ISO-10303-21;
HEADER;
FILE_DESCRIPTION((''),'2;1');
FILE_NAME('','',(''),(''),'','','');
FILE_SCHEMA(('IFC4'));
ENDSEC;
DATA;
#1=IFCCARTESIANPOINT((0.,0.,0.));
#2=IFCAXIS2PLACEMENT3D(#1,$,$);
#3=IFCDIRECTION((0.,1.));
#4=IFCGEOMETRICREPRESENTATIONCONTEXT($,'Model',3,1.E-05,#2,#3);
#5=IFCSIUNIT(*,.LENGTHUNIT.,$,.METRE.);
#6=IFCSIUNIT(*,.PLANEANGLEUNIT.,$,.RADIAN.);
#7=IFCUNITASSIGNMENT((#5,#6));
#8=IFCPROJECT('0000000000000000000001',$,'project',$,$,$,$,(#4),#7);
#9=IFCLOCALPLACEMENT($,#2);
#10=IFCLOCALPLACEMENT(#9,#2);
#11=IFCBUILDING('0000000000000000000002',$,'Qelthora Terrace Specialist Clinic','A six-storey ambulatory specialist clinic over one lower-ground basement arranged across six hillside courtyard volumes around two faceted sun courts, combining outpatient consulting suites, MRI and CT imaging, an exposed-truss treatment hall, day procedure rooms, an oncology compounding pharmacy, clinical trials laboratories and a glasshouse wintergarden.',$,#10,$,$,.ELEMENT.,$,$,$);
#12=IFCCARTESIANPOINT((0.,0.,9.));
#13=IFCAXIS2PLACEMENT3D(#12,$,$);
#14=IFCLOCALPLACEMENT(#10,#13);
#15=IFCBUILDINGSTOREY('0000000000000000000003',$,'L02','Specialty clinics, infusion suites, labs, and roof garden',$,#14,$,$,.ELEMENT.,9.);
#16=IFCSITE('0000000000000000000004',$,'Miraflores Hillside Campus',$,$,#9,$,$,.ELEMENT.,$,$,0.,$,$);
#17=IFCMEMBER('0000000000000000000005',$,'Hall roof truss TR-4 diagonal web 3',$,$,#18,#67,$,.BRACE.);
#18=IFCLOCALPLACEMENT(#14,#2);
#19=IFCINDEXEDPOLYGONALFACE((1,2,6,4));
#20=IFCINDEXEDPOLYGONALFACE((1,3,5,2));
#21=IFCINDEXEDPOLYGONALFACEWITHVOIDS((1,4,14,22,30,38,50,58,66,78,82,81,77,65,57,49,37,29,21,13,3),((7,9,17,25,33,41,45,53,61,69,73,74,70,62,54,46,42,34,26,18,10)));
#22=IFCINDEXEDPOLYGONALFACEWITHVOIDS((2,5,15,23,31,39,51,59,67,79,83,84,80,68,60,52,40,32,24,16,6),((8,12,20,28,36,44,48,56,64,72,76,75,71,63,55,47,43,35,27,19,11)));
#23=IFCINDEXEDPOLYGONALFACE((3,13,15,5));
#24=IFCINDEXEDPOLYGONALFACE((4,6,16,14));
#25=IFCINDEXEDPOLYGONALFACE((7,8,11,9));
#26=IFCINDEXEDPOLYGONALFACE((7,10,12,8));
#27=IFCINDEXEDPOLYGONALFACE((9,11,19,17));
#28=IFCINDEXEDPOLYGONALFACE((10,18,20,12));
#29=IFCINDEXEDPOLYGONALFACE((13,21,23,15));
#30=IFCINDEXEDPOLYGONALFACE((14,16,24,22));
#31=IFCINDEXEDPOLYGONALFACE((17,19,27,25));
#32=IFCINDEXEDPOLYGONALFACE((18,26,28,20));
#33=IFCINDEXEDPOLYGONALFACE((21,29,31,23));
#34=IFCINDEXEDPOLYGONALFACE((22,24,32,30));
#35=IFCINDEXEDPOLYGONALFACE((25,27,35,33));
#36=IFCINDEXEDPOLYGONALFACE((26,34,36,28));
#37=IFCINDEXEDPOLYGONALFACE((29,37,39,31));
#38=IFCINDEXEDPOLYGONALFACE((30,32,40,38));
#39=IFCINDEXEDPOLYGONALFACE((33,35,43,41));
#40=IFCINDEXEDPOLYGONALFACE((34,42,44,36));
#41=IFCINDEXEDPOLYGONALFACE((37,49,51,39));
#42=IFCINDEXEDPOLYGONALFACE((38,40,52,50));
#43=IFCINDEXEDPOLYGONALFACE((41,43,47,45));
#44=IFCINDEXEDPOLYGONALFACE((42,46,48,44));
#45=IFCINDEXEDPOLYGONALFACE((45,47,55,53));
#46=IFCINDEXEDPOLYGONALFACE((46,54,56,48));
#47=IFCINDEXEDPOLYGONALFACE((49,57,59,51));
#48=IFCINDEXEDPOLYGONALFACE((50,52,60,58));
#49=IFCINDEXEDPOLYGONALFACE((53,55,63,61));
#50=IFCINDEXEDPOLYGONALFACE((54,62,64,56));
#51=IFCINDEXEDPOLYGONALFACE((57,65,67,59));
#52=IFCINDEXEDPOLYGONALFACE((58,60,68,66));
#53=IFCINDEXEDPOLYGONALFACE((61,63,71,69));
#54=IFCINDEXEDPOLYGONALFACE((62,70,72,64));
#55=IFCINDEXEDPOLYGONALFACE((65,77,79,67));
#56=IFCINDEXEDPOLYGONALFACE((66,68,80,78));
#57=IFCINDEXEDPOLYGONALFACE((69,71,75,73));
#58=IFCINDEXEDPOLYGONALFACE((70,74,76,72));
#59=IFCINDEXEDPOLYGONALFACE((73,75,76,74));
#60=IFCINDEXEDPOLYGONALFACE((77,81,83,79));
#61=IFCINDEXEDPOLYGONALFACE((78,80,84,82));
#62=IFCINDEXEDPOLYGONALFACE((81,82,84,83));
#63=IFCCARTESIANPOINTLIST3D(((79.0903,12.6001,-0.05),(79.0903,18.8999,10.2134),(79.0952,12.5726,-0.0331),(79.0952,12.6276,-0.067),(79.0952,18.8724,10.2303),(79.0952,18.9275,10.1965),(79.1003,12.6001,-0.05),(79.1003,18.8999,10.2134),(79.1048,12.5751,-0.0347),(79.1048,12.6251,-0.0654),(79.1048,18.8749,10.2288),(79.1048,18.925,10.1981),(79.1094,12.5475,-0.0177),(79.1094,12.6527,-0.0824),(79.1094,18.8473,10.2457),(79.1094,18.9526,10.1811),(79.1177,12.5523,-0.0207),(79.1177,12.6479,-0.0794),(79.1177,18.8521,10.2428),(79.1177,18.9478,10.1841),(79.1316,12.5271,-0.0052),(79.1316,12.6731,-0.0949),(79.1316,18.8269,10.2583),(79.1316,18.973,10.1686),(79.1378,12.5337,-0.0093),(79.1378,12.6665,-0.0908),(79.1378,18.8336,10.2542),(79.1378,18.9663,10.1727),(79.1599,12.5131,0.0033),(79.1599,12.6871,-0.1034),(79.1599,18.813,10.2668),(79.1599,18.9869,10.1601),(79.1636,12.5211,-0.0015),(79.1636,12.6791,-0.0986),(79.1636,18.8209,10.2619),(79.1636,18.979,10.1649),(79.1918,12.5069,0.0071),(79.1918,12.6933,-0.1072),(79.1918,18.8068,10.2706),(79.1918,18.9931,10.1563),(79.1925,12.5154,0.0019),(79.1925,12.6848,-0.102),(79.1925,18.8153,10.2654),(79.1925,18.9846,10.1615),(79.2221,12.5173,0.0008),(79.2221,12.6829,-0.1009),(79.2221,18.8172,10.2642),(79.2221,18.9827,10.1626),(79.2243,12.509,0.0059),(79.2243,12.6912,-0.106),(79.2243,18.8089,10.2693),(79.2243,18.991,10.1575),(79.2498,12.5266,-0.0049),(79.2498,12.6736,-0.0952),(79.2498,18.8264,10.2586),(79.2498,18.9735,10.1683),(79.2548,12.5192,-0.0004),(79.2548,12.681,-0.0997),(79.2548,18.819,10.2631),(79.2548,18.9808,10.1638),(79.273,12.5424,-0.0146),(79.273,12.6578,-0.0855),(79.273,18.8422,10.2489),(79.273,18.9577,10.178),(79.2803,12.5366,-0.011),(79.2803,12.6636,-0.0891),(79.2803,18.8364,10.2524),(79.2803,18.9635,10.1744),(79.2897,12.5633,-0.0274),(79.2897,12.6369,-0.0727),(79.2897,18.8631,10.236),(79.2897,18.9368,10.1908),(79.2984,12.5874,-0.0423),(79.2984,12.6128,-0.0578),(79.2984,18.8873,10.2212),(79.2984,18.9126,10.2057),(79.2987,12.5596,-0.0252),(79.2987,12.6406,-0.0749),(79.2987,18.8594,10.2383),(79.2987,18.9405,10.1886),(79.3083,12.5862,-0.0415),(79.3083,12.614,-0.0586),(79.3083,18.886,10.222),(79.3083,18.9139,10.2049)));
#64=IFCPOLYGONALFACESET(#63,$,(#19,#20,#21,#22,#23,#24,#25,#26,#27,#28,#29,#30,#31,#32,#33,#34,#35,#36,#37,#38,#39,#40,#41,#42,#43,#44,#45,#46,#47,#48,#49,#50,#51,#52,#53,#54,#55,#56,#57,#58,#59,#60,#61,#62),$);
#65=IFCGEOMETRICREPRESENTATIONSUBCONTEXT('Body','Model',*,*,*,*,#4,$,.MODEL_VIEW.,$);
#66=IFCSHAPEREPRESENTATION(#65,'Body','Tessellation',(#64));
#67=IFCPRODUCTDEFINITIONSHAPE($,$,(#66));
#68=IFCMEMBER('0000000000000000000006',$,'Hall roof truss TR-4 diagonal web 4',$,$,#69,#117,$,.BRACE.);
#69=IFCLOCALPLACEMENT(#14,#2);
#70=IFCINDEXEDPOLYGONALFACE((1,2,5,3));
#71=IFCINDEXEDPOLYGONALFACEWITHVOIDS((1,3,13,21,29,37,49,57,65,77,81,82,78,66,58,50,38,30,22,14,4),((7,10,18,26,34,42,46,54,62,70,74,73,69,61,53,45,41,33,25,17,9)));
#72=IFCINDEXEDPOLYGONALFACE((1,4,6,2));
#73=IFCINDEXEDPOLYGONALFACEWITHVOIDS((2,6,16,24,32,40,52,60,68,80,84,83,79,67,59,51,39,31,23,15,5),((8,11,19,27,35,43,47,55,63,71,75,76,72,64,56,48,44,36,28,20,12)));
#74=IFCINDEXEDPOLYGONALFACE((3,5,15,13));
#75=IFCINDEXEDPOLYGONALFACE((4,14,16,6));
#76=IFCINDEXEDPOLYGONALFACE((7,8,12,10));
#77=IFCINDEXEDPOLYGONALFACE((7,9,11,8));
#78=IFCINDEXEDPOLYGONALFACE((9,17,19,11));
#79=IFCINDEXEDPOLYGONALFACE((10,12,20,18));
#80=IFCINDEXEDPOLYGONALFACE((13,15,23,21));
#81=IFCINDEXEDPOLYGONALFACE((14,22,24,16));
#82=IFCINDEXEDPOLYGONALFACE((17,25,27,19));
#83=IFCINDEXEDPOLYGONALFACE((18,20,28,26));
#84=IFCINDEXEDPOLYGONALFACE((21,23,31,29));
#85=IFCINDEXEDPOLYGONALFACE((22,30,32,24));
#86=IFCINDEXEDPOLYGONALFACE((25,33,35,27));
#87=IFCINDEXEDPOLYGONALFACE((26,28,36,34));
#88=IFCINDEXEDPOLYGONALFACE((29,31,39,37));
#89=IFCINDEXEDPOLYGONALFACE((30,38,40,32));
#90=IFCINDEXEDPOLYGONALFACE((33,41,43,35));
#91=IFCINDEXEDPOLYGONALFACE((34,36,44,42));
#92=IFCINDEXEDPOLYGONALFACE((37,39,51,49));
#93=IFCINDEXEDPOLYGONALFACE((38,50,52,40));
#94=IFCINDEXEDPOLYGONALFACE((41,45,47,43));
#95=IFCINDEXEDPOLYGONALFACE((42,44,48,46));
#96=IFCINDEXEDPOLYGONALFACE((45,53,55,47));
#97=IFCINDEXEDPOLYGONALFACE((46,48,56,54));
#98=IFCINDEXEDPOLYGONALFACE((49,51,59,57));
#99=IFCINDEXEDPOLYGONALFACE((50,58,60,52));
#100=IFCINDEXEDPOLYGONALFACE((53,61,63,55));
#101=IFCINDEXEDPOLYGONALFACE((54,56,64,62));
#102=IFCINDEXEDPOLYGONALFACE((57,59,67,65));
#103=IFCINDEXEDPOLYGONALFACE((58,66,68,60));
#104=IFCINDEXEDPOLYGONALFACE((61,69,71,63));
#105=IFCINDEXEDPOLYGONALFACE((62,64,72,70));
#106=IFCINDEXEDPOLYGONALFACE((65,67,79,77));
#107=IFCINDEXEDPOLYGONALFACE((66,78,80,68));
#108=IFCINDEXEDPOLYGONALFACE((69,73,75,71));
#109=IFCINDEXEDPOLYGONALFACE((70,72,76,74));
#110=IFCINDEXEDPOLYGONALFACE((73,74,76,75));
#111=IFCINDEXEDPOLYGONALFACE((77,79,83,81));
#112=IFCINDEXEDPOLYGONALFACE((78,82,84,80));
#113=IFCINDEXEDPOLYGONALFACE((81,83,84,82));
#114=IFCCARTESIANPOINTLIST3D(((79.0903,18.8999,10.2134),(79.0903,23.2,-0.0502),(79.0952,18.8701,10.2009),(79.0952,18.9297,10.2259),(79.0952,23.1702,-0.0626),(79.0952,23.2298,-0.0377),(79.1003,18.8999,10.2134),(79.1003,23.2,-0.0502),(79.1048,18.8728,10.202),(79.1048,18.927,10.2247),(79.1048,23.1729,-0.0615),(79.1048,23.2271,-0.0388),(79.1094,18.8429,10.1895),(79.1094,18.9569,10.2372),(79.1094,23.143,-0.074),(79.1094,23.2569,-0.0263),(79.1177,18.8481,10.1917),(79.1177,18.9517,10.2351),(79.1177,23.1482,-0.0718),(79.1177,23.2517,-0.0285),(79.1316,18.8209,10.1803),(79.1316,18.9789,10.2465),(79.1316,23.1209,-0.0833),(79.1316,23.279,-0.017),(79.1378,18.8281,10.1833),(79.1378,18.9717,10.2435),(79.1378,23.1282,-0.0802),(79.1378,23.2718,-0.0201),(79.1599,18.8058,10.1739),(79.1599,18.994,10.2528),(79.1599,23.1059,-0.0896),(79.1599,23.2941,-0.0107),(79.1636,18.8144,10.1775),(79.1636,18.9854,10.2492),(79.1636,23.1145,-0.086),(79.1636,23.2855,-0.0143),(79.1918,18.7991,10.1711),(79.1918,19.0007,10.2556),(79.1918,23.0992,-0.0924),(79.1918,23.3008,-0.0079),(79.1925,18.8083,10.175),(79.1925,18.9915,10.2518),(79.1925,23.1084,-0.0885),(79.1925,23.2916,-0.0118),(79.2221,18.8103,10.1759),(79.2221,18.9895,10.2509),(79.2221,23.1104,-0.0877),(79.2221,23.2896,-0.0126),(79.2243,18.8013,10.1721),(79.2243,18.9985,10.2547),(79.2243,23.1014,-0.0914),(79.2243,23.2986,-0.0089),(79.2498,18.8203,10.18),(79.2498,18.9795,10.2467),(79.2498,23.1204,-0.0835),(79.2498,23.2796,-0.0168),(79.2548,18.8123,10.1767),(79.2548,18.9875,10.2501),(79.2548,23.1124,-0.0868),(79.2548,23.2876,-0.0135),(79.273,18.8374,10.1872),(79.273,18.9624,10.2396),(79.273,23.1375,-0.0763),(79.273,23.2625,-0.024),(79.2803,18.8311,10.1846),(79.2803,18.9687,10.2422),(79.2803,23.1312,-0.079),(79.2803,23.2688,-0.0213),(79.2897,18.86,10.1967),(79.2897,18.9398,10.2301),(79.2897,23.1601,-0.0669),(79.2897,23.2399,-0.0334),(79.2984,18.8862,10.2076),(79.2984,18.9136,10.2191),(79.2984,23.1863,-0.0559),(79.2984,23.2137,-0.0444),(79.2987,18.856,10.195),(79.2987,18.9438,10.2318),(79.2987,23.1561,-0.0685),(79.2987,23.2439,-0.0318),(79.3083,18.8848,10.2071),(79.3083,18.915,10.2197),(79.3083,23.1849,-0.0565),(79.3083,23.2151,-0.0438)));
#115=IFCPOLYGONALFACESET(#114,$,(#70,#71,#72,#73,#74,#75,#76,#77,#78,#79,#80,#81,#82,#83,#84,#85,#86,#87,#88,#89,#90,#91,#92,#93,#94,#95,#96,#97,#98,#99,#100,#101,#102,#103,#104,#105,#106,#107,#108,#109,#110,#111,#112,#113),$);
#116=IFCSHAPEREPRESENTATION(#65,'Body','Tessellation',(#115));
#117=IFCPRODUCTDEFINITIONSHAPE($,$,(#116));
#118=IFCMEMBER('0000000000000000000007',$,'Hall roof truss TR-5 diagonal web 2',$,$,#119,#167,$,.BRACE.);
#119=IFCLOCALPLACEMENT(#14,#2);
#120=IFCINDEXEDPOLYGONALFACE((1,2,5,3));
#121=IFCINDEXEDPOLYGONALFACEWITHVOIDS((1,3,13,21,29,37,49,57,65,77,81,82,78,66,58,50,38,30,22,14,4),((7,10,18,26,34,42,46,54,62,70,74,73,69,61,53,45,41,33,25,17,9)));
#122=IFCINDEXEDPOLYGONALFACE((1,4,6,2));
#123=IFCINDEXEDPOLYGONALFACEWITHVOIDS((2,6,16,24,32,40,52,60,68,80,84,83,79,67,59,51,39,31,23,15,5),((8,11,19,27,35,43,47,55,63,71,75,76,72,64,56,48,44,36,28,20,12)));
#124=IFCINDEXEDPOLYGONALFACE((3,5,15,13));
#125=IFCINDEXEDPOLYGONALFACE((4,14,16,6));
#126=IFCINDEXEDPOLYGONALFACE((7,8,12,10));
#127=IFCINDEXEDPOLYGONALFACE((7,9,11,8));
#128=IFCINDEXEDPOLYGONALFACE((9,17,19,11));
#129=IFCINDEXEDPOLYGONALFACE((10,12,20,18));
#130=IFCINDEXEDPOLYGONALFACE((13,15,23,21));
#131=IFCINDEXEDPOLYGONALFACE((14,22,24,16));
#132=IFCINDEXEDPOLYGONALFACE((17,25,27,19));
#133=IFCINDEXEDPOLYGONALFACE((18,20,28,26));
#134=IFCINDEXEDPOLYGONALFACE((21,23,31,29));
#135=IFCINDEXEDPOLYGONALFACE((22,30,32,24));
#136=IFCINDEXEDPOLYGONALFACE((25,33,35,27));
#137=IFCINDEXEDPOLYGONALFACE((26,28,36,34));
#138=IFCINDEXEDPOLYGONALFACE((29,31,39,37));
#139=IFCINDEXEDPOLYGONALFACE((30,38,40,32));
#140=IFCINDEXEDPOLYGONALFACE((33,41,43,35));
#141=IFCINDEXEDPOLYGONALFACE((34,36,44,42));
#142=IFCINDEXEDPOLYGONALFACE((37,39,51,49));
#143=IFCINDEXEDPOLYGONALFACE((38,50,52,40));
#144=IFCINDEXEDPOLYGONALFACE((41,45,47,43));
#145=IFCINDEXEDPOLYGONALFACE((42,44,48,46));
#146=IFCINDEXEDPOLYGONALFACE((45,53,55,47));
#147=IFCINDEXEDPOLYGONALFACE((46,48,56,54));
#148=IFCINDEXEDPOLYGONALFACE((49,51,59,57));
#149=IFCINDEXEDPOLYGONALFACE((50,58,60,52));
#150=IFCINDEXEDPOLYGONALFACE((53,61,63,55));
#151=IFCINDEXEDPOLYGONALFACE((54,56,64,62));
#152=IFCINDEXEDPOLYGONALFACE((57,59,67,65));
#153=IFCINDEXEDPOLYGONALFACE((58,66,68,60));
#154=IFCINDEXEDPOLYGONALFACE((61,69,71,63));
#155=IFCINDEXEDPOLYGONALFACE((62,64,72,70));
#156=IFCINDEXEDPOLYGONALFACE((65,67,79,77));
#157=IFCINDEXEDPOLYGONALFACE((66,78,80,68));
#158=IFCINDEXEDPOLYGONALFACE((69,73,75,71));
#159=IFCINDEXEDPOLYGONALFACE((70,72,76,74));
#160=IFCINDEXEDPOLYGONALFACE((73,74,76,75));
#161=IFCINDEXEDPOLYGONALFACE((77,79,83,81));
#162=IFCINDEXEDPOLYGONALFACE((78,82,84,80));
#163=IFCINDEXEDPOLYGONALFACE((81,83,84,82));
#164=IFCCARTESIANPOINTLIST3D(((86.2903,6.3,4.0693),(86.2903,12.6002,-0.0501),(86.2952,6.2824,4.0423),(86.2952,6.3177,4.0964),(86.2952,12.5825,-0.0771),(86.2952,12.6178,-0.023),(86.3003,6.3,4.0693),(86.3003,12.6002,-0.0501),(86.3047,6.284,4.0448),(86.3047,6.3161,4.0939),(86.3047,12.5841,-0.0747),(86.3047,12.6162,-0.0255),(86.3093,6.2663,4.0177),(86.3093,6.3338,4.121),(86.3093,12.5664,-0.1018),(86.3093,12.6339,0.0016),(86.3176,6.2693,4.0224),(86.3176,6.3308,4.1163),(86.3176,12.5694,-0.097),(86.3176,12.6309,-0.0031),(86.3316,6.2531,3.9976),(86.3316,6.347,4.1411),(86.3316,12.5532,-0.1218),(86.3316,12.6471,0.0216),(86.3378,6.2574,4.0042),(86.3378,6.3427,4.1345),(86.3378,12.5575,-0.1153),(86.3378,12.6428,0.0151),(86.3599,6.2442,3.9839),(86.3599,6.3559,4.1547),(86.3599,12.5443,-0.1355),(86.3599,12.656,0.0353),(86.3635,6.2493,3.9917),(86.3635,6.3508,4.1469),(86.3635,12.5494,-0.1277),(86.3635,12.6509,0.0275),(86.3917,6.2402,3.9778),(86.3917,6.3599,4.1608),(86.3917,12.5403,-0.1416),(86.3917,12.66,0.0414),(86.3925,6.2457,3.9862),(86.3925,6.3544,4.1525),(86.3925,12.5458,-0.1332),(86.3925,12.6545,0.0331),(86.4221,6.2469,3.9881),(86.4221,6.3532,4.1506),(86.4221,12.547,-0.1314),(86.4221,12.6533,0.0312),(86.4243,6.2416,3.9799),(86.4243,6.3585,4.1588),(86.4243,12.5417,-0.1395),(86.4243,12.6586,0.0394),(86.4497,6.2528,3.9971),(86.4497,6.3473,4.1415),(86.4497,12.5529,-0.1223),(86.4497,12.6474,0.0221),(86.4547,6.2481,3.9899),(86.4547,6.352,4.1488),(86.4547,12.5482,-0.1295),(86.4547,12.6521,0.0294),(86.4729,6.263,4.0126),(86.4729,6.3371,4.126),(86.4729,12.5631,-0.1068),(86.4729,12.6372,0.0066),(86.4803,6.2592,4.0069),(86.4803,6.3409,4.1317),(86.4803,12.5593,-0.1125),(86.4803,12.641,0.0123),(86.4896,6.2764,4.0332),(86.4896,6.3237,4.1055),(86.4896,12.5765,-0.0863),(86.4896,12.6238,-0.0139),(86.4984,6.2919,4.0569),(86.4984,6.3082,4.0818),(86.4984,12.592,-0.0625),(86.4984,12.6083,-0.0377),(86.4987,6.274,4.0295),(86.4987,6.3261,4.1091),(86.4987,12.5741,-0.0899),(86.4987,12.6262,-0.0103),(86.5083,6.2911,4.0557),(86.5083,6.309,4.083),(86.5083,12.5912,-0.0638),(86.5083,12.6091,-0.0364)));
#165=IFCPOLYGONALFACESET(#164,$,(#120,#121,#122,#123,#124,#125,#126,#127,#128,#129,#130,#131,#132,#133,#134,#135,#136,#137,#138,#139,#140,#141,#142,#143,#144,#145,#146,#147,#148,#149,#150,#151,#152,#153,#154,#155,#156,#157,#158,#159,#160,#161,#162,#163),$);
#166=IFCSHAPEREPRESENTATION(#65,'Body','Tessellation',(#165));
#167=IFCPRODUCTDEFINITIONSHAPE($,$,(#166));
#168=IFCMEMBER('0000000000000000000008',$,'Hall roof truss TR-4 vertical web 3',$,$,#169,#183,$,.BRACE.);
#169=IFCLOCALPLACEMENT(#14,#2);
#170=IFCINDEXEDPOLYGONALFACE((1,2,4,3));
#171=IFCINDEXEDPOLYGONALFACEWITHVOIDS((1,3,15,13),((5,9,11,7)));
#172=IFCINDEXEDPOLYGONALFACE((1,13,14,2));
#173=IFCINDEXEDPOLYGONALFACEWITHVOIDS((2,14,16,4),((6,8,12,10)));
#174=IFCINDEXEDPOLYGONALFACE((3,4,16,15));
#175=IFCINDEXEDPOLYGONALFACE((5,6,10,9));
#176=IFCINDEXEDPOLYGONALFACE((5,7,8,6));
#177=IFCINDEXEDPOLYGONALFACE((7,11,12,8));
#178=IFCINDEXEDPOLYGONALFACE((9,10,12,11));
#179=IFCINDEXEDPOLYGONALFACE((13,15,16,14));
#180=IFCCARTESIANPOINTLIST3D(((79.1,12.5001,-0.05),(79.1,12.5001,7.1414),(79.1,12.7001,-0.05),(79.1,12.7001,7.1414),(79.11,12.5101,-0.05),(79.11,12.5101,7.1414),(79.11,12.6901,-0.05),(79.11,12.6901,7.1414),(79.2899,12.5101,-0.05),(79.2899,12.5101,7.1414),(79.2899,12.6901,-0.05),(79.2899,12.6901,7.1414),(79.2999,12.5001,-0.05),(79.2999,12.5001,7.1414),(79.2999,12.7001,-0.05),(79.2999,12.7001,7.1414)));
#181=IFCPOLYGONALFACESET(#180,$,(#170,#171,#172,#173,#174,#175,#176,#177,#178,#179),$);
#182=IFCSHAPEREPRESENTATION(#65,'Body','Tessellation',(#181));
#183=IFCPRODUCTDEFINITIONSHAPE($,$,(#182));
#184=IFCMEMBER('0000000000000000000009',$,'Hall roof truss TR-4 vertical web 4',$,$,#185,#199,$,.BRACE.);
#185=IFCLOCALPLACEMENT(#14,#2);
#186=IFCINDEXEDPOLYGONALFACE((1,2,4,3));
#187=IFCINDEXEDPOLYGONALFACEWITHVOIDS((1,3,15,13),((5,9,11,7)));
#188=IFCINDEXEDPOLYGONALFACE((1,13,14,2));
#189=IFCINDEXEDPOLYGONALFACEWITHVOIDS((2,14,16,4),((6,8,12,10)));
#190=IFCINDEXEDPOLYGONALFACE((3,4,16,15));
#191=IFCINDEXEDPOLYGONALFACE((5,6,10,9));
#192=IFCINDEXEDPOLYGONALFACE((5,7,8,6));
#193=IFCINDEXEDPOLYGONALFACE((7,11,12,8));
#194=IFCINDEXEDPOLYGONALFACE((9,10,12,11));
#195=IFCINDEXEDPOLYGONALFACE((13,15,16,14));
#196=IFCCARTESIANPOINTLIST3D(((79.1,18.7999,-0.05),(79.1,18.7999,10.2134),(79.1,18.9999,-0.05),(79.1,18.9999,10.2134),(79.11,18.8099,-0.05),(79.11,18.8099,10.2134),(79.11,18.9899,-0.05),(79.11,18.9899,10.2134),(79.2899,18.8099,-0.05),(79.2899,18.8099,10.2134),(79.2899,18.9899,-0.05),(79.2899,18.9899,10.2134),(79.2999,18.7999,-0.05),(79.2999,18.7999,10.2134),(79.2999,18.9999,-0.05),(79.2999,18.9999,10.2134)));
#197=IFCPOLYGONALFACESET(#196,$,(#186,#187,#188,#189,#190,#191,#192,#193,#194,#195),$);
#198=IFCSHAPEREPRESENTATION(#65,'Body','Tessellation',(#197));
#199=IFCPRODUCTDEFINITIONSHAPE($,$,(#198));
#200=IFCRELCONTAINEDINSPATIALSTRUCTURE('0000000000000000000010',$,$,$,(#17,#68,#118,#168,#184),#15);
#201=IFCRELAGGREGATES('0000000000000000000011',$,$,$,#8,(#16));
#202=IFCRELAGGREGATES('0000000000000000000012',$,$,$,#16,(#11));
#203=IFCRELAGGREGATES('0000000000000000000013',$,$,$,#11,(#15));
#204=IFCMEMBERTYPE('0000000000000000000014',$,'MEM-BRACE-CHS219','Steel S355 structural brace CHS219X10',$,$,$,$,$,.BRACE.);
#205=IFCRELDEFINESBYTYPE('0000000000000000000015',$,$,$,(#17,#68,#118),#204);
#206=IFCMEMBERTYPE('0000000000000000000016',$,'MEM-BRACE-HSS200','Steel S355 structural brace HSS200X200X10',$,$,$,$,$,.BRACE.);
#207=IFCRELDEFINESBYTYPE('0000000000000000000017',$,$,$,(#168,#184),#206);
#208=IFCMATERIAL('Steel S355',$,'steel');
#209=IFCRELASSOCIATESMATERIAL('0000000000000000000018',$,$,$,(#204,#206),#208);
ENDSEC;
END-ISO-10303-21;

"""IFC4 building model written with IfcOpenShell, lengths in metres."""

from ifc_helpers import new_model, si_unit, direction, frame, origin, origin_2d, place, context, subcontext, project, spatial, hollow_rectangle, hollow_circle, extrude, material, material_profile, profile_set, type_object, element, save


model = new_model("IFC4")

# Units and contexts
model_context = context("Model", 3, precision=1e-05, world=origin(), true_north=direction((0.0, 1.0)))
body_context = subcontext(model_context, "Body", "Model", "MODEL_VIEW")
ifc_project = project(units=[si_unit("LENGTHUNIT", "METRE"), si_unit("PLANEANGLEUNIT", "RADIAN")], contexts=[model_context])

# Site, building, storey
site_placement = place(None, origin())
site = spatial("IfcSite", under=ifc_project, at=site_placement, Name="Miraflores Hillside Campus", CompositionType="ELEMENT", RefElevation=0.0)
building_placement = place(site_placement, origin())
building = spatial("IfcBuilding", under=site, at=building_placement, Name="Qelthora Terrace Specialist Clinic", Description="A six-storey ambulatory specialist clinic over one lower-ground basement arranged across six hillside courtyard volumes around two faceted sun courts, combining outpatient consulting suites, MRI and CT imaging, an exposed-truss treatment hall, day procedure rooms, an oncology compounding pharmacy, clinical trials laboratories and a glasshouse wintergarden.", CompositionType="ELEMENT")
storey_placement = place(building_placement, frame((0.0, 0.0, 9.0)))
storey = spatial("IfcBuildingStorey", under=building, at=storey_placement, Name="L02", Description="Specialty clinics, infusion suites, labs, and roof garden", CompositionType="ELEMENT", Elevation=9.0)

# Members
ifc_material = material(Name="Steel S355", Category="steel")
ifc_material_profile_1 = material_profile(ifc_material, hollow_circle(Radius=0.1096, WallThickness=0.01, at=origin_2d()), Name="CHS219X10")
ifc_profile_set_1 = profile_set([ifc_material_profile_1], Name="Steel S355")
member_type_1 = type_object("IfcMemberType", Name="MEM-BRACE-CHS219", Description="Steel S355 structural brace CHS219X10", PredefinedType="BRACE", material=ifc_profile_set_1)
member_1_placement = place(storey_placement, frame((79.2, 12.6001, -0.05), z_axis=(0.0, 0.523124, 0.852256), x_axis=(-1.0, 0.0, 0.0)))
element("IfcMember", 1, at=member_1_placement, inside=storey, type_object=member_type_1, Name="Hall roof truss TR-4 diagonal web 3", PredefinedType="BRACE", context=body_context, shape_type="SweptSolid", body=[
    extrude(hollow_circle(Radius=0.1096, WallThickness=0.01, at=origin_2d()), origin(), (0.0, 0.0, 1.0), 12.0427),
])
member_2_placement = place(storey_placement, frame((79.2, 18.8999, 10.2134), z_axis=(0.0, 0.386423, -0.922322), x_axis=(-1.0, 0.0, 0.0)))
element("IfcMember", 2, at=member_2_placement, inside=storey, type_object=member_type_1, Name="Hall roof truss TR-4 diagonal web 4", PredefinedType="BRACE", context=body_context, shape_type="SweptSolid", body=[
    extrude(hollow_circle(Radius=0.1096, WallThickness=0.01, at=origin_2d()), origin(), (0.0, 0.0, 1.0), 11.1279),
])
member_3_placement = place(storey_placement, frame((86.3999, 6.3, 4.0693), z_axis=(0.0, 0.836962, -0.547261), x_axis=(-1.0, 0.0, 0.0)))
element("IfcMember", 3, at=member_3_placement, inside=storey, type_object=member_type_1, Name="Hall roof truss TR-5 diagonal web 2", PredefinedType="BRACE", context=body_context, shape_type="SweptSolid", body=[
    extrude(hollow_circle(Radius=0.1096, WallThickness=0.01, at=origin_2d()), origin(), (0.0, 0.0, 1.0), 7.5273),
])
ifc_material_profile_2 = material_profile(ifc_material, hollow_rectangle(XDim=0.2, YDim=0.2, WallThickness=0.01, at=origin_2d()), Name="HSS200X200X10")
ifc_profile_set_2 = profile_set([ifc_material_profile_2], Name="Steel S355")
member_type_2 = type_object("IfcMemberType", Name="MEM-BRACE-HSS200", Description="Steel S355 structural brace HSS200X200X10", PredefinedType="BRACE", material=ifc_profile_set_2)
member_4_placement = place(storey_placement, frame((79.2, 12.6001, -0.05), z_axis=(0.0, 0.0, 1.0), x_axis=(1.0, 0.0, 0.0)))
element("IfcMember", 4, at=member_4_placement, inside=storey, type_object=member_type_2, Name="Hall roof truss TR-4 vertical web 3", PredefinedType="BRACE", context=body_context, shape_type="SweptSolid", body=[
    extrude(hollow_rectangle(XDim=0.2, YDim=0.2, WallThickness=0.01, at=origin_2d()), origin(), (0.0, 0.0, 1.0), 7.1914),
])
member_5_placement = place(storey_placement, frame((79.2, 18.8999, -0.05), z_axis=(0.0, 0.0, 1.0), x_axis=(1.0, 0.0, 0.0)))
element("IfcMember", 5, at=member_5_placement, inside=storey, type_object=member_type_2, Name="Hall roof truss TR-4 vertical web 4", PredefinedType="BRACE", context=body_context, shape_type="SweptSolid", body=[
    extrude(hollow_rectangle(XDim=0.2, YDim=0.2, WallThickness=0.01, at=origin_2d()), origin(), (0.0, 0.0, 1.0), 10.2634),
])

save(model, "model.ifc")
